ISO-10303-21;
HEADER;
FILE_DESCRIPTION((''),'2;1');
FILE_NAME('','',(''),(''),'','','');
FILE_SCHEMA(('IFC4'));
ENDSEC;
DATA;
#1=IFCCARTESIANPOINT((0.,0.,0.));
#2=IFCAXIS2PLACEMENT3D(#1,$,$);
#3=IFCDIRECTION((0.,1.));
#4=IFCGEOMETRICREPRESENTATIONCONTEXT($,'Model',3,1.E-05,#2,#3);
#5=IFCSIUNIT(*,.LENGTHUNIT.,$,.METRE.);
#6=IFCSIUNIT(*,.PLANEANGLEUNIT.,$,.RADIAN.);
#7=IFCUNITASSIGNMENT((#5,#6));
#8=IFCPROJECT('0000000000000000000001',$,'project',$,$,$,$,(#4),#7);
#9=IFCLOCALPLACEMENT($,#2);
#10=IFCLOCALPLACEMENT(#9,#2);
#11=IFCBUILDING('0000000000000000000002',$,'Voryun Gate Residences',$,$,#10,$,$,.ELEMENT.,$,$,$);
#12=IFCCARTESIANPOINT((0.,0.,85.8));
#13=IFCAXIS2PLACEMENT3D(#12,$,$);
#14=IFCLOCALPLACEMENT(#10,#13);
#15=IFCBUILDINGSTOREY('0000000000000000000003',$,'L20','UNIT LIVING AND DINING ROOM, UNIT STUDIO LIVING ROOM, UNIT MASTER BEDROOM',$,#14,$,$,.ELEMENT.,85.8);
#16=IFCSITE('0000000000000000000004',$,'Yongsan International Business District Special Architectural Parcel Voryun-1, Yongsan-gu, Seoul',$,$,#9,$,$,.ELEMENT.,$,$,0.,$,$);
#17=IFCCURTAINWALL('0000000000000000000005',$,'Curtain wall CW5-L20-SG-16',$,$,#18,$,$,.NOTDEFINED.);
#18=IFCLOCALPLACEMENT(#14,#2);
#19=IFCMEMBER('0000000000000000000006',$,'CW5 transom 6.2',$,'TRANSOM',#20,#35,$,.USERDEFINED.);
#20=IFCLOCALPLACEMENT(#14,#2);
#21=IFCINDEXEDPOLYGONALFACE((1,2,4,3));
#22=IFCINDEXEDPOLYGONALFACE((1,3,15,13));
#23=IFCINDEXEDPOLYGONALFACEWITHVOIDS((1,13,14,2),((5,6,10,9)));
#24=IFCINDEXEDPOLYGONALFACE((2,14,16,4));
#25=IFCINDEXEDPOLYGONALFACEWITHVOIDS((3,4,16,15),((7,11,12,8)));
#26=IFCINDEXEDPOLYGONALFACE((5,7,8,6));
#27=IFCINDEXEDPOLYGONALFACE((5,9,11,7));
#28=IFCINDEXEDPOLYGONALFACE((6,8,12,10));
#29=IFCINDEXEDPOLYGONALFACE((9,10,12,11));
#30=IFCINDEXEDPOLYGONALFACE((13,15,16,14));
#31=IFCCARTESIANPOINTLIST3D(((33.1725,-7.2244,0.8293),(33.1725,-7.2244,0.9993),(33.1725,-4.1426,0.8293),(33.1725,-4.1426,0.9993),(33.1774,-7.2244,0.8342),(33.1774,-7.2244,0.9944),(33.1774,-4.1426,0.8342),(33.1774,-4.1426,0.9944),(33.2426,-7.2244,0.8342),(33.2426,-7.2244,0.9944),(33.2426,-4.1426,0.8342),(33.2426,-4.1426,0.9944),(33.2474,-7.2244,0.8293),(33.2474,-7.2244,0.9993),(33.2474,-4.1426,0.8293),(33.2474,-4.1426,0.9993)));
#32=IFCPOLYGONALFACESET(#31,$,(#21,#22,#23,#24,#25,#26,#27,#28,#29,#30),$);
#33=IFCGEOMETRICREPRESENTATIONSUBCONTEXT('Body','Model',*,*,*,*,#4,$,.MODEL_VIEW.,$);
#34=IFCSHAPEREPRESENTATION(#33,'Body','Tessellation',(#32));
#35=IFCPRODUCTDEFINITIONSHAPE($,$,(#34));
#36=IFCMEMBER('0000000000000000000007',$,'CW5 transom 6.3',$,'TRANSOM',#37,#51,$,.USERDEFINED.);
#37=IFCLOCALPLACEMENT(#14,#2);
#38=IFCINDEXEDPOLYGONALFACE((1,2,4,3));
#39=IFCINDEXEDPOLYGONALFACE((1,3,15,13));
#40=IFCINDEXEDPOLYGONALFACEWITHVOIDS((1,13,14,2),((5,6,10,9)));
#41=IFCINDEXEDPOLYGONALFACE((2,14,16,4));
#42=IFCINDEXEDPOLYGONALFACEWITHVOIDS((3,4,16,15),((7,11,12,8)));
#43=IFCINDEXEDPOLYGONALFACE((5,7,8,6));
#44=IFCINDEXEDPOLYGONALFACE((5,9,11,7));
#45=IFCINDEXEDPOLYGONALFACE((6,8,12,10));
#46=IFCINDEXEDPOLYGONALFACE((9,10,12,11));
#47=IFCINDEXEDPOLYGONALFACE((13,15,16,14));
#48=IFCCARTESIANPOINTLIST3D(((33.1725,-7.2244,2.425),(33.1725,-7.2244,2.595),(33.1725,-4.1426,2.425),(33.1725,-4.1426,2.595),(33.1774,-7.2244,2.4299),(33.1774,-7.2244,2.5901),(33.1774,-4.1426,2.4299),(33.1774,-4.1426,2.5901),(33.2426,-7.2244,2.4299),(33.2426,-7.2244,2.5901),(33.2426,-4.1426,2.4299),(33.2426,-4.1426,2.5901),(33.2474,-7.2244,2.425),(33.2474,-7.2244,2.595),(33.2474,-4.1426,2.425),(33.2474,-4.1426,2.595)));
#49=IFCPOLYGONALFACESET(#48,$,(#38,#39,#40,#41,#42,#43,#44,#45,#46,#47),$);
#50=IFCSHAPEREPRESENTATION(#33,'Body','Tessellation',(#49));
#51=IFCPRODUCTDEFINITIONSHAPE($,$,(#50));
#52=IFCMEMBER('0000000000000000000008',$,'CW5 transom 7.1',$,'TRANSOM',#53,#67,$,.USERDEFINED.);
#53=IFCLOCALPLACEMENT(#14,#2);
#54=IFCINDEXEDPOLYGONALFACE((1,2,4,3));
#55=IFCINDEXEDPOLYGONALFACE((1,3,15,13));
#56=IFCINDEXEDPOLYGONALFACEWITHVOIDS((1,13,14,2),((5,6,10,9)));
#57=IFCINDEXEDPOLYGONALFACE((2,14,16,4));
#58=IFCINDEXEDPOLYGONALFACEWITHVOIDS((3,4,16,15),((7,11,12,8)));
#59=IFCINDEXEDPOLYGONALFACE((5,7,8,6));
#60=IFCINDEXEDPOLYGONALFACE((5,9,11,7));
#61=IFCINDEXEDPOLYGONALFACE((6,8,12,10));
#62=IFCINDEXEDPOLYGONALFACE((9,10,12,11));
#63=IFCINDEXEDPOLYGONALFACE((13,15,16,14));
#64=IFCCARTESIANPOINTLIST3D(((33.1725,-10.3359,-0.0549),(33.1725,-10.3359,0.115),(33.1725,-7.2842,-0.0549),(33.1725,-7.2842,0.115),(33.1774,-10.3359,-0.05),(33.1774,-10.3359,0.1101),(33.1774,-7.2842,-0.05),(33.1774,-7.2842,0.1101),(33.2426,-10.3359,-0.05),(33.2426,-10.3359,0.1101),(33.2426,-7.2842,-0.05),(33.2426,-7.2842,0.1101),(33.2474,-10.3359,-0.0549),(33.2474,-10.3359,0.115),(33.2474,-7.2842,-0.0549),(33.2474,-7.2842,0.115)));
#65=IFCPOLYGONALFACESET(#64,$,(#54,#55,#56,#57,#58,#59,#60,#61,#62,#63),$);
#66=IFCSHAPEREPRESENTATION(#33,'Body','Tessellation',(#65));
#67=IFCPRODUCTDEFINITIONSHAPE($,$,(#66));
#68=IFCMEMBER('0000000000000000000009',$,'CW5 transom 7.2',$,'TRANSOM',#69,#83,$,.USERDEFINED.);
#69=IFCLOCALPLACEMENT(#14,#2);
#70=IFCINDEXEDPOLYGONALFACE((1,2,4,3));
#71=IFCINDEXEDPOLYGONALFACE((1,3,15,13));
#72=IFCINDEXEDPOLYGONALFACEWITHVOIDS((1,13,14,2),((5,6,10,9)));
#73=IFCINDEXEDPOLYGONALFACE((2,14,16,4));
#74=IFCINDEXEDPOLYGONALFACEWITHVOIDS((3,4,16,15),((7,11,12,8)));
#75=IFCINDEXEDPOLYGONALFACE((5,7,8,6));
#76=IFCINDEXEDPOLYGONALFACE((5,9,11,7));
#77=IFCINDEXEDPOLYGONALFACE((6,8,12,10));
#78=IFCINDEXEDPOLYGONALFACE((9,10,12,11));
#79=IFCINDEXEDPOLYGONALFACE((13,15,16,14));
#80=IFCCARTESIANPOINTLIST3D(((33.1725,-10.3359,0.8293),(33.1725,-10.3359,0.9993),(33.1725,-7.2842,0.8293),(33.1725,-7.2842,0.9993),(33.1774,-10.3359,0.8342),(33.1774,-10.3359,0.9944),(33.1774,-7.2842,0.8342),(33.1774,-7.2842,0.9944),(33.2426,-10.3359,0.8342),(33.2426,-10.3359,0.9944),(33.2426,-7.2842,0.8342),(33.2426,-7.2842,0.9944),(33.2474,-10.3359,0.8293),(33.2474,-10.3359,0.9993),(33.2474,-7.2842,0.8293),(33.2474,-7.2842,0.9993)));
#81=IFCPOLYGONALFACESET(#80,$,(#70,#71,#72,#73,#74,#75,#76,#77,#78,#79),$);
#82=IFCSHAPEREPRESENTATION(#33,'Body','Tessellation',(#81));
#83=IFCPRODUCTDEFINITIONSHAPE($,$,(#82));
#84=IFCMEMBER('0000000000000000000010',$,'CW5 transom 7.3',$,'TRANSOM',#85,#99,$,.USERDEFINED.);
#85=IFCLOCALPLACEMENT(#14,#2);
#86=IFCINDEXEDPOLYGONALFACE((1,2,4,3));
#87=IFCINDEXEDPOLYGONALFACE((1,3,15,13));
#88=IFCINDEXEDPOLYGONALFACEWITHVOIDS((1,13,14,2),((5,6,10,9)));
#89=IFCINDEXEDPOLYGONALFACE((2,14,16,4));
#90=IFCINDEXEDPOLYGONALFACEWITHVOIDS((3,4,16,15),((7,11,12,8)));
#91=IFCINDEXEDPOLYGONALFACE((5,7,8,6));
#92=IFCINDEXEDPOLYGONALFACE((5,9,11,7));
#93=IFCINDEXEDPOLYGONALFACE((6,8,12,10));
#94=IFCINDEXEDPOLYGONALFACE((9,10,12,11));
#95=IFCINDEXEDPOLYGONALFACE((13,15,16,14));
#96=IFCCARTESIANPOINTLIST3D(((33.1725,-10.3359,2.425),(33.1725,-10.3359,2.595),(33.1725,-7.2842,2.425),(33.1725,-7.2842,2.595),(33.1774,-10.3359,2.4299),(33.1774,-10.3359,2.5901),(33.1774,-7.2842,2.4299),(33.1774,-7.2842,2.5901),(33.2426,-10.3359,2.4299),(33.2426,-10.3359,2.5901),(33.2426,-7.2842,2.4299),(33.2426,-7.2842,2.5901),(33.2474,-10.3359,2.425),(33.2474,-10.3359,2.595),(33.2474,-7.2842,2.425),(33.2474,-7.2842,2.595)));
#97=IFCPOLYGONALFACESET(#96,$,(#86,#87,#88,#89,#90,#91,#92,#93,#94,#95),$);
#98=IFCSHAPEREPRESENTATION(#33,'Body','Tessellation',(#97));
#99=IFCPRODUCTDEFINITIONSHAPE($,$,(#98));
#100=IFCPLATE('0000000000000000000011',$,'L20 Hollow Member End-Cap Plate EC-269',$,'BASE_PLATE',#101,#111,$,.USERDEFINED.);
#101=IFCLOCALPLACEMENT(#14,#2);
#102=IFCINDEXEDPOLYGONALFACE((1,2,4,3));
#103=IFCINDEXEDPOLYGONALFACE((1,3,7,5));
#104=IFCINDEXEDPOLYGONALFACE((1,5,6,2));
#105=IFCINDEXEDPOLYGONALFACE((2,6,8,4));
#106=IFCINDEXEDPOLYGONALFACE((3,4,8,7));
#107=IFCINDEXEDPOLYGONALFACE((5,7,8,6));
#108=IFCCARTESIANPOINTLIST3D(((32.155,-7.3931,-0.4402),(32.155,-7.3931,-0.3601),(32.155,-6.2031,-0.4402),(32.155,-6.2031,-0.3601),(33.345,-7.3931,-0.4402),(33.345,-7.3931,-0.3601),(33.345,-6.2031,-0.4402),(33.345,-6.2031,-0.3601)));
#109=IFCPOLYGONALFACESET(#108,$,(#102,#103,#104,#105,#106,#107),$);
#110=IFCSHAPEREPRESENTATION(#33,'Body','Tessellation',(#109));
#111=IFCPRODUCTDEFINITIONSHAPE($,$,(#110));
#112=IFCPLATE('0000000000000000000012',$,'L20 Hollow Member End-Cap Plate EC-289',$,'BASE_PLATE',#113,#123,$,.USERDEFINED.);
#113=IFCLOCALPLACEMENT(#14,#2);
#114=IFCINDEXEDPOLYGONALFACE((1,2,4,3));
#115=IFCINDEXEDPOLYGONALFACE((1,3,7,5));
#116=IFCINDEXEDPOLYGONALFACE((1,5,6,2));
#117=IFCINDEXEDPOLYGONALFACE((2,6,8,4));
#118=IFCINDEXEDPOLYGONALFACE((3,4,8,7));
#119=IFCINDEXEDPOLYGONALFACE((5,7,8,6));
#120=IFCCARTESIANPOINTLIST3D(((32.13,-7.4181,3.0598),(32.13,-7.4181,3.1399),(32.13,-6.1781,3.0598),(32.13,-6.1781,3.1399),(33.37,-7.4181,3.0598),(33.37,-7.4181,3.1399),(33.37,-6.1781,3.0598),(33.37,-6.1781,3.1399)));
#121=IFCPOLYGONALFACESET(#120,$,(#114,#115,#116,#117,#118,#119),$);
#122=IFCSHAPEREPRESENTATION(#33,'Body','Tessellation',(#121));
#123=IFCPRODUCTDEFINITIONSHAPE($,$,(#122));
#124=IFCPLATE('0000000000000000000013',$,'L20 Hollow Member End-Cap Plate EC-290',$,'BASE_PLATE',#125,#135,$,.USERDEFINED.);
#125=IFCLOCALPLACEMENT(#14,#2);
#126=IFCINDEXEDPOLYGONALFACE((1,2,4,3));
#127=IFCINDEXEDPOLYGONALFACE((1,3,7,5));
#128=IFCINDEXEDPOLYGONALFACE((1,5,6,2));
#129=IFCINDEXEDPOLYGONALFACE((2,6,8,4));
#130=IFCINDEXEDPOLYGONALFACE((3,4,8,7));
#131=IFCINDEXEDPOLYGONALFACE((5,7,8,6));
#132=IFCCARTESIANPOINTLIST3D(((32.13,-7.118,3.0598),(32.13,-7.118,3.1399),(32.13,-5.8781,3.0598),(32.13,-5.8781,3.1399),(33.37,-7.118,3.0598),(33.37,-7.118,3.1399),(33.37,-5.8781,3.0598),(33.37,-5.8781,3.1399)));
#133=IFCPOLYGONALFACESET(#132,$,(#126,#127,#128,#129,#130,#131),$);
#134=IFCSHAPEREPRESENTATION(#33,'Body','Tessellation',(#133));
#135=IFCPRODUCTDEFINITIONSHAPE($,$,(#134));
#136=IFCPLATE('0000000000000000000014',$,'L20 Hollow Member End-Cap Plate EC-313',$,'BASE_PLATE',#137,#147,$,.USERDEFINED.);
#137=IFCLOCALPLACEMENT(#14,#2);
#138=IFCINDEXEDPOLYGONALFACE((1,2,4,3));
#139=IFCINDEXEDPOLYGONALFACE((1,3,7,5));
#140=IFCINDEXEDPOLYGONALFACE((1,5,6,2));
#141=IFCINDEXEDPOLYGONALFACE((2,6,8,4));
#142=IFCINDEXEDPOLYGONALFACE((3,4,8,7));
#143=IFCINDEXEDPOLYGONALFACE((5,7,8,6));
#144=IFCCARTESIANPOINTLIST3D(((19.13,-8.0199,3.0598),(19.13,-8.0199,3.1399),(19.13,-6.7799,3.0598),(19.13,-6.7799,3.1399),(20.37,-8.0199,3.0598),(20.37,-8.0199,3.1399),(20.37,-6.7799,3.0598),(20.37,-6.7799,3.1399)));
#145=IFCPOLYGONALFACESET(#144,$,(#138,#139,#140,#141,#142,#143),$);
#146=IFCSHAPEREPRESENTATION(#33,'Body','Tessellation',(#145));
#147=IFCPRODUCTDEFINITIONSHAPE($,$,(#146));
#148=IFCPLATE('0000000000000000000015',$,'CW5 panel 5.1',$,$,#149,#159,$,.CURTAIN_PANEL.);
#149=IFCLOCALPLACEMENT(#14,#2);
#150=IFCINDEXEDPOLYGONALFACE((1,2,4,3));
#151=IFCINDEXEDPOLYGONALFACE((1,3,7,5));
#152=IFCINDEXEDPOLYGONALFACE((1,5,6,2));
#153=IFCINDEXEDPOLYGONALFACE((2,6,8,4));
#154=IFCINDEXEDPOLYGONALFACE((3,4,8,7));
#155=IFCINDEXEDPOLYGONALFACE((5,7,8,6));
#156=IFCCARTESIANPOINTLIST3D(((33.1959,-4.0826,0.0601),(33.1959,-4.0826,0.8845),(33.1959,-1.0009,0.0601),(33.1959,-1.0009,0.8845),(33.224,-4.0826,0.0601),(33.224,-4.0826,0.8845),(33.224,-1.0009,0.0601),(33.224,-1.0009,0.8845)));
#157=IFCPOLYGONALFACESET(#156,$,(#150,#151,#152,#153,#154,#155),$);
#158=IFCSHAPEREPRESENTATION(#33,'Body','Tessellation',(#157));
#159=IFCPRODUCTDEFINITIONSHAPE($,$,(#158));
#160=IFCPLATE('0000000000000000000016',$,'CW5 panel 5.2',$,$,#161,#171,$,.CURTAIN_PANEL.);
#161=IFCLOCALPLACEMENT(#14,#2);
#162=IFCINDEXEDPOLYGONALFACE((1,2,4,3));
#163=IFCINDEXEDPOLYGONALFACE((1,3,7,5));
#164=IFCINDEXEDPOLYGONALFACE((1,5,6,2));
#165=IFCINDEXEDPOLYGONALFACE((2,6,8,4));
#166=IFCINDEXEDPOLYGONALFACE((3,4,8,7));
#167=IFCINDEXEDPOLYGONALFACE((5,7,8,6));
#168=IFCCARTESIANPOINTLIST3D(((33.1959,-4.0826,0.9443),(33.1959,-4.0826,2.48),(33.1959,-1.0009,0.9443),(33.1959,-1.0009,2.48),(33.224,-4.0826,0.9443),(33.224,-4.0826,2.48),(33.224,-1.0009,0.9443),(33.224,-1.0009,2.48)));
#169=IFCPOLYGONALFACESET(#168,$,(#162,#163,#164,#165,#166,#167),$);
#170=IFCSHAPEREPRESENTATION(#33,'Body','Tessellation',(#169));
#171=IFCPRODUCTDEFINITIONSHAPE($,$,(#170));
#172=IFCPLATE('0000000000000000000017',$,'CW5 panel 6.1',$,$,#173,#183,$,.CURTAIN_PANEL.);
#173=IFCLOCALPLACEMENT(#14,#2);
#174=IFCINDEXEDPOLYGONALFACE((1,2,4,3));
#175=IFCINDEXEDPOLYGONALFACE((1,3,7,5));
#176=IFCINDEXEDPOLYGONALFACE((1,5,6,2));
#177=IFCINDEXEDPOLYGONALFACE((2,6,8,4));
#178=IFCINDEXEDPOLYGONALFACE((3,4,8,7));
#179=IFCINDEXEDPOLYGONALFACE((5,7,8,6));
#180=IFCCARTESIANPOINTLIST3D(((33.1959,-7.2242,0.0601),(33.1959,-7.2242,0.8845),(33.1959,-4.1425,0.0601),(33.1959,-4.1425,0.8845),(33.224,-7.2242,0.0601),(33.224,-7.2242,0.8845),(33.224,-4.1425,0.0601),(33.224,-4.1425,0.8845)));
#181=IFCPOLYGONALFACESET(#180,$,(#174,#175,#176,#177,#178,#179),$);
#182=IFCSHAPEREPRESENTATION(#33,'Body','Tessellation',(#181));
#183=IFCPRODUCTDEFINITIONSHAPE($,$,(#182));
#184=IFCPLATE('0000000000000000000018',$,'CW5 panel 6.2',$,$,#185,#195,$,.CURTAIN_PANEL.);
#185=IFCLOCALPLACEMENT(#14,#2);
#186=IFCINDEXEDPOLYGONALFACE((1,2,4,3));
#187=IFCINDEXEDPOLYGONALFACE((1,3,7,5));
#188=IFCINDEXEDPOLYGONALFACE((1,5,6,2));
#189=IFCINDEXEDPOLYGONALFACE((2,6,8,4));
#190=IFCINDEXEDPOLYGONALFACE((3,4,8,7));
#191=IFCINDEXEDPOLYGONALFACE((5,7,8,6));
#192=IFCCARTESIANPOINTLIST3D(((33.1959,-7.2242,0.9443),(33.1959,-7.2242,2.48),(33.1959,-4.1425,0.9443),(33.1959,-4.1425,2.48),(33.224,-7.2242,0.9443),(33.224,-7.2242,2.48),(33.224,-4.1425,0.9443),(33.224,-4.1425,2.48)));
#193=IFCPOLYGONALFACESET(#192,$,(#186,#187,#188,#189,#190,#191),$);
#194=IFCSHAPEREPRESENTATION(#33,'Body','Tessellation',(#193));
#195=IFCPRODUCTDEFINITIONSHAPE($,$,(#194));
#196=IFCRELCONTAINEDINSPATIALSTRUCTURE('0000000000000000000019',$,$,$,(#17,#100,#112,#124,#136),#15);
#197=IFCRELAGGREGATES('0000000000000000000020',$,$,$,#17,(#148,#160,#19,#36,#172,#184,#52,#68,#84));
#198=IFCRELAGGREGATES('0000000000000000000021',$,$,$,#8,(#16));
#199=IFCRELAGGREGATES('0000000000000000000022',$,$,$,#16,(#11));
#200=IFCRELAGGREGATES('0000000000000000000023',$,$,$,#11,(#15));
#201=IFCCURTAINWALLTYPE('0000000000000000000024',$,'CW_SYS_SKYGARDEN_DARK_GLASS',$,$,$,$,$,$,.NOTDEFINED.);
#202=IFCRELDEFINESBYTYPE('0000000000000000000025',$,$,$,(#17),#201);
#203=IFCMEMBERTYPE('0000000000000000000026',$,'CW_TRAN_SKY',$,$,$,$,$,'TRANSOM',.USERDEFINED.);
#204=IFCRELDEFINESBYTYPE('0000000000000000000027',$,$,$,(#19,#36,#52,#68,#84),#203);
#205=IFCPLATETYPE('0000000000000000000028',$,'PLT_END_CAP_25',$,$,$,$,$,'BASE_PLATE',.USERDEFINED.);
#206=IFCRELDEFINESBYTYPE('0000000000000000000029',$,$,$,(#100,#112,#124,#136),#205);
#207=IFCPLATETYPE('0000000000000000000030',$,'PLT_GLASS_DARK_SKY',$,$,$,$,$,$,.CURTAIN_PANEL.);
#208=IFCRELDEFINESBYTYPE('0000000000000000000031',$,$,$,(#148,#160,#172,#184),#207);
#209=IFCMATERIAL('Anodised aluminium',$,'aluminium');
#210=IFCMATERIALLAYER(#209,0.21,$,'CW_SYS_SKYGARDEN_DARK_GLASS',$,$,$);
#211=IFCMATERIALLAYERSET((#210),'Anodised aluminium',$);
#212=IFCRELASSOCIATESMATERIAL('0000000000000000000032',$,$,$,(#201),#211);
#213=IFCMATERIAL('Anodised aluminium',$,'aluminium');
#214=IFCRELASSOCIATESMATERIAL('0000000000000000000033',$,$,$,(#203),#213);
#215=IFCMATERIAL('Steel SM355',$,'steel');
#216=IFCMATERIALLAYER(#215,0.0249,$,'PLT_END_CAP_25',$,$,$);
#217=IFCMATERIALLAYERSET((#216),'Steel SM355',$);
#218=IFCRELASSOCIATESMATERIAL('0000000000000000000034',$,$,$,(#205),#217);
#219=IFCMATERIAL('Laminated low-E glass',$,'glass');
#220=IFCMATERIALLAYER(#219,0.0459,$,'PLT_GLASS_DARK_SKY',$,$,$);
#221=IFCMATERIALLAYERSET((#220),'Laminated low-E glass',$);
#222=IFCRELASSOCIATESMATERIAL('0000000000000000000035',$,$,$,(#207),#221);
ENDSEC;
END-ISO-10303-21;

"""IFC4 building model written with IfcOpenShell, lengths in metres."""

from ifc_helpers import new_model, si_unit, direction, frame, origin, origin_2d, place, context, subcontext, project, spatial, rectangle, hollow_rectangle, extrude, material, layer, layer_set, material_profile, profile_set, type_object, element, aggregate, save


model = new_model("IFC4")

# Units and contexts
model_context = context("Model", 3, precision=1e-05, world=origin(), true_north=direction((0.0, 1.0)))
body_context = subcontext(model_context, "Body", "Model", "MODEL_VIEW")
ifc_project = project(units=[si_unit("LENGTHUNIT", "METRE"), si_unit("PLANEANGLEUNIT", "RADIAN")], contexts=[model_context])

# Site, building, storey
site_placement = place(None, origin())
site = spatial("IfcSite", under=ifc_project, at=site_placement, Name="Yongsan International Business District Special Architectural Parcel Voryun-1, Yongsan-gu, Seoul", CompositionType="ELEMENT", RefElevation=0.0)
building_placement = place(site_placement, origin())
building = spatial("IfcBuilding", under=site, at=building_placement, Name="Voryun Gate Residences", CompositionType="ELEMENT")
storey_placement = place(building_placement, frame((0.0, 0.0, 85.8)))
storey = spatial("IfcBuildingStorey", under=building, at=storey_placement, Name="L20", Description="UNIT LIVING AND DINING ROOM, UNIT STUDIO LIVING ROOM, UNIT MASTER BEDROOM", CompositionType="ELEMENT", Elevation=85.8)

# Curtain wall, members
ifc_material_1 = material(Name="Anodised aluminium", Category="aluminium")
ifc_layer_1 = layer(ifc_material_1, 0.21, Name="CW_SYS_SKYGARDEN_DARK_GLASS")
ifc_layer_set_1 = layer_set([ifc_layer_1], Name="Anodised aluminium")
curtain_wall_type = type_object("IfcCurtainWallType", Name="CW_SYS_SKYGARDEN_DARK_GLASS", PredefinedType="NOTDEFINED", material=ifc_layer_set_1)
curtain_wall_placement = place(storey_placement, origin())
curtain_wall = element("IfcCurtainWall", 1, at=curtain_wall_placement, inside=storey, type_object=curtain_wall_type, Name="Curtain wall CW5-L20-SG-16", PredefinedType="NOTDEFINED")
ifc_material_2 = material(Name="Anodised aluminium", Category="aluminium")
ifc_material_profile_1 = material_profile(ifc_material_2, hollow_rectangle(XDim=0.075, YDim=0.1699, WallThickness=0.0049, at=origin_2d()), Name="ALU-TRAN-170x75x5")
ifc_profile_set_1 = profile_set([ifc_material_profile_1], Name="Anodised aluminium")
member_type_1 = type_object("IfcMemberType", Name="CW_TRAN_SKY", ElementType="TRANSOM", PredefinedType="USERDEFINED", material=ifc_profile_set_1)
member_1_placement = place(storey_placement, frame((33.21, -4.1426, 0.9143), z_axis=(0.0, -1.0, 0.0), x_axis=(1.0, 0.0, 0.0)))
member_1 = element("IfcMember", 2, at=member_1_placement, type_object=member_type_1, Name="CW5 transom 6.2", ObjectType="TRANSOM", PredefinedType="USERDEFINED", context=body_context, shape_type="SweptSolid", body=[
    extrude(hollow_rectangle(XDim=0.075, YDim=0.1699, WallThickness=0.0049, at=origin_2d()), origin(), (0.0, 0.0, 1.0), 3.0818),
])
member_2_placement = place(storey_placement, frame((33.21, -4.1426, 2.51), z_axis=(0.0, -1.0, 0.0), x_axis=(1.0, 0.0, 0.0)))
member_2 = element("IfcMember", 3, at=member_2_placement, type_object=member_type_1, Name="CW5 transom 6.3", ObjectType="TRANSOM", PredefinedType="USERDEFINED", context=body_context, shape_type="SweptSolid", body=[
    extrude(hollow_rectangle(XDim=0.075, YDim=0.1699, WallThickness=0.0049, at=origin_2d()), origin(), (0.0, 0.0, 1.0), 3.0818),
])
member_3_placement = place(storey_placement, frame((33.21, -7.2842, 0.03), z_axis=(0.0, -1.0, 0.0), x_axis=(1.0, 0.0, 0.0)))
member_3 = element("IfcMember", 4, at=member_3_placement, type_object=member_type_1, Name="CW5 transom 7.1", ObjectType="TRANSOM", PredefinedType="USERDEFINED", context=body_context, shape_type="SweptSolid", body=[
    extrude(hollow_rectangle(XDim=0.075, YDim=0.1699, WallThickness=0.0049, at=origin_2d()), origin(), (0.0, 0.0, 1.0), 3.0518),
])
member_4_placement = place(storey_placement, frame((33.21, -7.2842, 0.9143), z_axis=(0.0, -1.0, 0.0), x_axis=(1.0, 0.0, 0.0)))
member_4 = element("IfcMember", 5, at=member_4_placement, type_object=member_type_1, Name="CW5 transom 7.2", ObjectType="TRANSOM", PredefinedType="USERDEFINED", context=body_context, shape_type="SweptSolid", body=[
    extrude(hollow_rectangle(XDim=0.075, YDim=0.1699, WallThickness=0.0049, at=origin_2d()), origin(), (0.0, 0.0, 1.0), 3.0518),
])
member_5_placement = place(storey_placement, frame((33.21, -7.2842, 2.51), z_axis=(0.0, -1.0, 0.0), x_axis=(1.0, 0.0, 0.0)))
member_5 = element("IfcMember", 6, at=member_5_placement, type_object=member_type_1, Name="CW5 transom 7.3", ObjectType="TRANSOM", PredefinedType="USERDEFINED", context=body_context, shape_type="SweptSolid", body=[
    extrude(hollow_rectangle(XDim=0.075, YDim=0.1699, WallThickness=0.0049, at=origin_2d()), origin(), (0.0, 0.0, 1.0), 3.0518),
])

# Plates
ifc_material_3 = material(Name="Steel SM355", Category="steel")
ifc_layer_2 = layer(ifc_material_3, 0.0249, Name="PLT_END_CAP_25")
ifc_layer_set_2 = layer_set([ifc_layer_2], Name="Steel SM355")
plate_type_1 = type_object("IfcPlateType", Name="PLT_END_CAP_25", ElementType="BASE_PLATE", PredefinedType="USERDEFINED", material=ifc_layer_set_2)
plate_1_placement = place(storey_placement, frame((32.75, -6.7981, -0.4402), z_axis=(0.0, 0.0, 1.0), x_axis=(1.0, 0.0, 0.0)))
element("IfcPlate", 7, at=plate_1_placement, inside=storey, type_object=plate_type_1, Name="L20 Hollow Member End-Cap Plate EC-269", ObjectType="BASE_PLATE", PredefinedType="USERDEFINED", context=body_context, shape_type="SweptSolid", body=[
    extrude(rectangle(XDim=1.1899, YDim=1.1899, at=origin_2d()), origin(), (0.0, 0.0, 1.0), 0.0801),
])
for number, where, z_axis, x_axis, name in (
    (8, (32.75, -6.7981, 3.0598), (0.0, 0.0, 1.0), (1.0, 0.0, 0.0), "L20 Hollow Member End-Cap Plate EC-289"),
    (9, (32.75, -6.498, 3.0598), (0.0, 0.0, 1.0), (1.0, 0.0, 0.0), "L20 Hollow Member End-Cap Plate EC-290"),
    (10, (19.75, -7.3999, 3.0598), (0.0, 0.0, 1.0), (1.0, 0.0, 0.0), "L20 Hollow Member End-Cap Plate EC-313"),
):
    element("IfcPlate", number, at=place(storey_placement, frame(where, z_axis=z_axis, x_axis=x_axis)), inside=storey, type_object=plate_type_1, Name=name, ObjectType="BASE_PLATE", PredefinedType="USERDEFINED", context=body_context, shape_type="SweptSolid", body=[
        extrude(rectangle(XDim=1.24, YDim=1.24, at=origin_2d()), origin(), (0.0, 0.0, 1.0), 0.0801),
    ])

# Plates
ifc_material_4 = material(Name="Laminated low-E glass", Category="glass")
ifc_layer_3 = layer(ifc_material_4, 0.0459, Name="PLT_GLASS_DARK_SKY")
ifc_layer_set_3 = layer_set([ifc_layer_3], Name="Laminated low-E glass")
plate_type_2 = type_object("IfcPlateType", Name="PLT_GLASS_DARK_SKY", PredefinedType="CURTAIN_PANEL", material=ifc_layer_set_3)
plate_2_placement = place(storey_placement, frame((33.21, -2.5417, 0.0601), z_axis=(0.0, 0.0, 1.0), x_axis=(0.0, -1.0, 0.0)))
plate_2 = element("IfcPlate", 11, at=plate_2_placement, type_object=plate_type_2, Name="CW5 panel 5.1", PredefinedType="CURTAIN_PANEL", context=body_context, shape_type="SweptSolid", body=[
    extrude(rectangle(XDim=3.0818, YDim=0.0281, at=origin_2d()), origin(), (0.0, 0.0, 1.0), 0.8245),
])
plate_3_placement = place(storey_placement, frame((33.21, -2.5417, 0.9443), z_axis=(0.0, 0.0, 1.0), x_axis=(0.0, -1.0, 0.0)))
plate_3 = element("IfcPlate", 12, at=plate_3_placement, type_object=plate_type_2, Name="CW5 panel 5.2", PredefinedType="CURTAIN_PANEL", context=body_context, shape_type="SweptSolid", body=[
    extrude(rectangle(XDim=3.0818, YDim=0.0281, at=origin_2d()), origin(), (0.0, 0.0, 1.0), 1.5356),
])
plate_4_placement = place(storey_placement, frame((33.21, -5.6833, 0.0601), z_axis=(0.0, 0.0, 1.0), x_axis=(0.0, -1.0, 0.0)))
plate_4 = element("IfcPlate", 13, at=plate_4_placement, type_object=plate_type_2, Name="CW5 panel 6.1", PredefinedType="CURTAIN_PANEL", context=body_context, shape_type="SweptSolid", body=[
    extrude(rectangle(XDim=3.0818, YDim=0.0281, at=origin_2d()), origin(), (0.0, 0.0, 1.0), 0.8245),
])
plate_5_placement = place(storey_placement, frame((33.21, -5.6833, 0.9443), z_axis=(0.0, 0.0, 1.0), x_axis=(0.0, -1.0, 0.0)))
plate_5 = element("IfcPlate", 14, at=plate_5_placement, type_object=plate_type_2, Name="CW5 panel 6.2", PredefinedType="CURTAIN_PANEL", context=body_context, shape_type="SweptSolid", body=[
    extrude(rectangle(XDim=3.0818, YDim=0.0281, at=origin_2d()), origin(), (0.0, 0.0, 1.0), 1.5356),
])
aggregate(curtain_wall, [plate_2, plate_3, member_1, member_2, plate_4, plate_5, member_3, member_4, member_5])

save(model, "model.ifc")
